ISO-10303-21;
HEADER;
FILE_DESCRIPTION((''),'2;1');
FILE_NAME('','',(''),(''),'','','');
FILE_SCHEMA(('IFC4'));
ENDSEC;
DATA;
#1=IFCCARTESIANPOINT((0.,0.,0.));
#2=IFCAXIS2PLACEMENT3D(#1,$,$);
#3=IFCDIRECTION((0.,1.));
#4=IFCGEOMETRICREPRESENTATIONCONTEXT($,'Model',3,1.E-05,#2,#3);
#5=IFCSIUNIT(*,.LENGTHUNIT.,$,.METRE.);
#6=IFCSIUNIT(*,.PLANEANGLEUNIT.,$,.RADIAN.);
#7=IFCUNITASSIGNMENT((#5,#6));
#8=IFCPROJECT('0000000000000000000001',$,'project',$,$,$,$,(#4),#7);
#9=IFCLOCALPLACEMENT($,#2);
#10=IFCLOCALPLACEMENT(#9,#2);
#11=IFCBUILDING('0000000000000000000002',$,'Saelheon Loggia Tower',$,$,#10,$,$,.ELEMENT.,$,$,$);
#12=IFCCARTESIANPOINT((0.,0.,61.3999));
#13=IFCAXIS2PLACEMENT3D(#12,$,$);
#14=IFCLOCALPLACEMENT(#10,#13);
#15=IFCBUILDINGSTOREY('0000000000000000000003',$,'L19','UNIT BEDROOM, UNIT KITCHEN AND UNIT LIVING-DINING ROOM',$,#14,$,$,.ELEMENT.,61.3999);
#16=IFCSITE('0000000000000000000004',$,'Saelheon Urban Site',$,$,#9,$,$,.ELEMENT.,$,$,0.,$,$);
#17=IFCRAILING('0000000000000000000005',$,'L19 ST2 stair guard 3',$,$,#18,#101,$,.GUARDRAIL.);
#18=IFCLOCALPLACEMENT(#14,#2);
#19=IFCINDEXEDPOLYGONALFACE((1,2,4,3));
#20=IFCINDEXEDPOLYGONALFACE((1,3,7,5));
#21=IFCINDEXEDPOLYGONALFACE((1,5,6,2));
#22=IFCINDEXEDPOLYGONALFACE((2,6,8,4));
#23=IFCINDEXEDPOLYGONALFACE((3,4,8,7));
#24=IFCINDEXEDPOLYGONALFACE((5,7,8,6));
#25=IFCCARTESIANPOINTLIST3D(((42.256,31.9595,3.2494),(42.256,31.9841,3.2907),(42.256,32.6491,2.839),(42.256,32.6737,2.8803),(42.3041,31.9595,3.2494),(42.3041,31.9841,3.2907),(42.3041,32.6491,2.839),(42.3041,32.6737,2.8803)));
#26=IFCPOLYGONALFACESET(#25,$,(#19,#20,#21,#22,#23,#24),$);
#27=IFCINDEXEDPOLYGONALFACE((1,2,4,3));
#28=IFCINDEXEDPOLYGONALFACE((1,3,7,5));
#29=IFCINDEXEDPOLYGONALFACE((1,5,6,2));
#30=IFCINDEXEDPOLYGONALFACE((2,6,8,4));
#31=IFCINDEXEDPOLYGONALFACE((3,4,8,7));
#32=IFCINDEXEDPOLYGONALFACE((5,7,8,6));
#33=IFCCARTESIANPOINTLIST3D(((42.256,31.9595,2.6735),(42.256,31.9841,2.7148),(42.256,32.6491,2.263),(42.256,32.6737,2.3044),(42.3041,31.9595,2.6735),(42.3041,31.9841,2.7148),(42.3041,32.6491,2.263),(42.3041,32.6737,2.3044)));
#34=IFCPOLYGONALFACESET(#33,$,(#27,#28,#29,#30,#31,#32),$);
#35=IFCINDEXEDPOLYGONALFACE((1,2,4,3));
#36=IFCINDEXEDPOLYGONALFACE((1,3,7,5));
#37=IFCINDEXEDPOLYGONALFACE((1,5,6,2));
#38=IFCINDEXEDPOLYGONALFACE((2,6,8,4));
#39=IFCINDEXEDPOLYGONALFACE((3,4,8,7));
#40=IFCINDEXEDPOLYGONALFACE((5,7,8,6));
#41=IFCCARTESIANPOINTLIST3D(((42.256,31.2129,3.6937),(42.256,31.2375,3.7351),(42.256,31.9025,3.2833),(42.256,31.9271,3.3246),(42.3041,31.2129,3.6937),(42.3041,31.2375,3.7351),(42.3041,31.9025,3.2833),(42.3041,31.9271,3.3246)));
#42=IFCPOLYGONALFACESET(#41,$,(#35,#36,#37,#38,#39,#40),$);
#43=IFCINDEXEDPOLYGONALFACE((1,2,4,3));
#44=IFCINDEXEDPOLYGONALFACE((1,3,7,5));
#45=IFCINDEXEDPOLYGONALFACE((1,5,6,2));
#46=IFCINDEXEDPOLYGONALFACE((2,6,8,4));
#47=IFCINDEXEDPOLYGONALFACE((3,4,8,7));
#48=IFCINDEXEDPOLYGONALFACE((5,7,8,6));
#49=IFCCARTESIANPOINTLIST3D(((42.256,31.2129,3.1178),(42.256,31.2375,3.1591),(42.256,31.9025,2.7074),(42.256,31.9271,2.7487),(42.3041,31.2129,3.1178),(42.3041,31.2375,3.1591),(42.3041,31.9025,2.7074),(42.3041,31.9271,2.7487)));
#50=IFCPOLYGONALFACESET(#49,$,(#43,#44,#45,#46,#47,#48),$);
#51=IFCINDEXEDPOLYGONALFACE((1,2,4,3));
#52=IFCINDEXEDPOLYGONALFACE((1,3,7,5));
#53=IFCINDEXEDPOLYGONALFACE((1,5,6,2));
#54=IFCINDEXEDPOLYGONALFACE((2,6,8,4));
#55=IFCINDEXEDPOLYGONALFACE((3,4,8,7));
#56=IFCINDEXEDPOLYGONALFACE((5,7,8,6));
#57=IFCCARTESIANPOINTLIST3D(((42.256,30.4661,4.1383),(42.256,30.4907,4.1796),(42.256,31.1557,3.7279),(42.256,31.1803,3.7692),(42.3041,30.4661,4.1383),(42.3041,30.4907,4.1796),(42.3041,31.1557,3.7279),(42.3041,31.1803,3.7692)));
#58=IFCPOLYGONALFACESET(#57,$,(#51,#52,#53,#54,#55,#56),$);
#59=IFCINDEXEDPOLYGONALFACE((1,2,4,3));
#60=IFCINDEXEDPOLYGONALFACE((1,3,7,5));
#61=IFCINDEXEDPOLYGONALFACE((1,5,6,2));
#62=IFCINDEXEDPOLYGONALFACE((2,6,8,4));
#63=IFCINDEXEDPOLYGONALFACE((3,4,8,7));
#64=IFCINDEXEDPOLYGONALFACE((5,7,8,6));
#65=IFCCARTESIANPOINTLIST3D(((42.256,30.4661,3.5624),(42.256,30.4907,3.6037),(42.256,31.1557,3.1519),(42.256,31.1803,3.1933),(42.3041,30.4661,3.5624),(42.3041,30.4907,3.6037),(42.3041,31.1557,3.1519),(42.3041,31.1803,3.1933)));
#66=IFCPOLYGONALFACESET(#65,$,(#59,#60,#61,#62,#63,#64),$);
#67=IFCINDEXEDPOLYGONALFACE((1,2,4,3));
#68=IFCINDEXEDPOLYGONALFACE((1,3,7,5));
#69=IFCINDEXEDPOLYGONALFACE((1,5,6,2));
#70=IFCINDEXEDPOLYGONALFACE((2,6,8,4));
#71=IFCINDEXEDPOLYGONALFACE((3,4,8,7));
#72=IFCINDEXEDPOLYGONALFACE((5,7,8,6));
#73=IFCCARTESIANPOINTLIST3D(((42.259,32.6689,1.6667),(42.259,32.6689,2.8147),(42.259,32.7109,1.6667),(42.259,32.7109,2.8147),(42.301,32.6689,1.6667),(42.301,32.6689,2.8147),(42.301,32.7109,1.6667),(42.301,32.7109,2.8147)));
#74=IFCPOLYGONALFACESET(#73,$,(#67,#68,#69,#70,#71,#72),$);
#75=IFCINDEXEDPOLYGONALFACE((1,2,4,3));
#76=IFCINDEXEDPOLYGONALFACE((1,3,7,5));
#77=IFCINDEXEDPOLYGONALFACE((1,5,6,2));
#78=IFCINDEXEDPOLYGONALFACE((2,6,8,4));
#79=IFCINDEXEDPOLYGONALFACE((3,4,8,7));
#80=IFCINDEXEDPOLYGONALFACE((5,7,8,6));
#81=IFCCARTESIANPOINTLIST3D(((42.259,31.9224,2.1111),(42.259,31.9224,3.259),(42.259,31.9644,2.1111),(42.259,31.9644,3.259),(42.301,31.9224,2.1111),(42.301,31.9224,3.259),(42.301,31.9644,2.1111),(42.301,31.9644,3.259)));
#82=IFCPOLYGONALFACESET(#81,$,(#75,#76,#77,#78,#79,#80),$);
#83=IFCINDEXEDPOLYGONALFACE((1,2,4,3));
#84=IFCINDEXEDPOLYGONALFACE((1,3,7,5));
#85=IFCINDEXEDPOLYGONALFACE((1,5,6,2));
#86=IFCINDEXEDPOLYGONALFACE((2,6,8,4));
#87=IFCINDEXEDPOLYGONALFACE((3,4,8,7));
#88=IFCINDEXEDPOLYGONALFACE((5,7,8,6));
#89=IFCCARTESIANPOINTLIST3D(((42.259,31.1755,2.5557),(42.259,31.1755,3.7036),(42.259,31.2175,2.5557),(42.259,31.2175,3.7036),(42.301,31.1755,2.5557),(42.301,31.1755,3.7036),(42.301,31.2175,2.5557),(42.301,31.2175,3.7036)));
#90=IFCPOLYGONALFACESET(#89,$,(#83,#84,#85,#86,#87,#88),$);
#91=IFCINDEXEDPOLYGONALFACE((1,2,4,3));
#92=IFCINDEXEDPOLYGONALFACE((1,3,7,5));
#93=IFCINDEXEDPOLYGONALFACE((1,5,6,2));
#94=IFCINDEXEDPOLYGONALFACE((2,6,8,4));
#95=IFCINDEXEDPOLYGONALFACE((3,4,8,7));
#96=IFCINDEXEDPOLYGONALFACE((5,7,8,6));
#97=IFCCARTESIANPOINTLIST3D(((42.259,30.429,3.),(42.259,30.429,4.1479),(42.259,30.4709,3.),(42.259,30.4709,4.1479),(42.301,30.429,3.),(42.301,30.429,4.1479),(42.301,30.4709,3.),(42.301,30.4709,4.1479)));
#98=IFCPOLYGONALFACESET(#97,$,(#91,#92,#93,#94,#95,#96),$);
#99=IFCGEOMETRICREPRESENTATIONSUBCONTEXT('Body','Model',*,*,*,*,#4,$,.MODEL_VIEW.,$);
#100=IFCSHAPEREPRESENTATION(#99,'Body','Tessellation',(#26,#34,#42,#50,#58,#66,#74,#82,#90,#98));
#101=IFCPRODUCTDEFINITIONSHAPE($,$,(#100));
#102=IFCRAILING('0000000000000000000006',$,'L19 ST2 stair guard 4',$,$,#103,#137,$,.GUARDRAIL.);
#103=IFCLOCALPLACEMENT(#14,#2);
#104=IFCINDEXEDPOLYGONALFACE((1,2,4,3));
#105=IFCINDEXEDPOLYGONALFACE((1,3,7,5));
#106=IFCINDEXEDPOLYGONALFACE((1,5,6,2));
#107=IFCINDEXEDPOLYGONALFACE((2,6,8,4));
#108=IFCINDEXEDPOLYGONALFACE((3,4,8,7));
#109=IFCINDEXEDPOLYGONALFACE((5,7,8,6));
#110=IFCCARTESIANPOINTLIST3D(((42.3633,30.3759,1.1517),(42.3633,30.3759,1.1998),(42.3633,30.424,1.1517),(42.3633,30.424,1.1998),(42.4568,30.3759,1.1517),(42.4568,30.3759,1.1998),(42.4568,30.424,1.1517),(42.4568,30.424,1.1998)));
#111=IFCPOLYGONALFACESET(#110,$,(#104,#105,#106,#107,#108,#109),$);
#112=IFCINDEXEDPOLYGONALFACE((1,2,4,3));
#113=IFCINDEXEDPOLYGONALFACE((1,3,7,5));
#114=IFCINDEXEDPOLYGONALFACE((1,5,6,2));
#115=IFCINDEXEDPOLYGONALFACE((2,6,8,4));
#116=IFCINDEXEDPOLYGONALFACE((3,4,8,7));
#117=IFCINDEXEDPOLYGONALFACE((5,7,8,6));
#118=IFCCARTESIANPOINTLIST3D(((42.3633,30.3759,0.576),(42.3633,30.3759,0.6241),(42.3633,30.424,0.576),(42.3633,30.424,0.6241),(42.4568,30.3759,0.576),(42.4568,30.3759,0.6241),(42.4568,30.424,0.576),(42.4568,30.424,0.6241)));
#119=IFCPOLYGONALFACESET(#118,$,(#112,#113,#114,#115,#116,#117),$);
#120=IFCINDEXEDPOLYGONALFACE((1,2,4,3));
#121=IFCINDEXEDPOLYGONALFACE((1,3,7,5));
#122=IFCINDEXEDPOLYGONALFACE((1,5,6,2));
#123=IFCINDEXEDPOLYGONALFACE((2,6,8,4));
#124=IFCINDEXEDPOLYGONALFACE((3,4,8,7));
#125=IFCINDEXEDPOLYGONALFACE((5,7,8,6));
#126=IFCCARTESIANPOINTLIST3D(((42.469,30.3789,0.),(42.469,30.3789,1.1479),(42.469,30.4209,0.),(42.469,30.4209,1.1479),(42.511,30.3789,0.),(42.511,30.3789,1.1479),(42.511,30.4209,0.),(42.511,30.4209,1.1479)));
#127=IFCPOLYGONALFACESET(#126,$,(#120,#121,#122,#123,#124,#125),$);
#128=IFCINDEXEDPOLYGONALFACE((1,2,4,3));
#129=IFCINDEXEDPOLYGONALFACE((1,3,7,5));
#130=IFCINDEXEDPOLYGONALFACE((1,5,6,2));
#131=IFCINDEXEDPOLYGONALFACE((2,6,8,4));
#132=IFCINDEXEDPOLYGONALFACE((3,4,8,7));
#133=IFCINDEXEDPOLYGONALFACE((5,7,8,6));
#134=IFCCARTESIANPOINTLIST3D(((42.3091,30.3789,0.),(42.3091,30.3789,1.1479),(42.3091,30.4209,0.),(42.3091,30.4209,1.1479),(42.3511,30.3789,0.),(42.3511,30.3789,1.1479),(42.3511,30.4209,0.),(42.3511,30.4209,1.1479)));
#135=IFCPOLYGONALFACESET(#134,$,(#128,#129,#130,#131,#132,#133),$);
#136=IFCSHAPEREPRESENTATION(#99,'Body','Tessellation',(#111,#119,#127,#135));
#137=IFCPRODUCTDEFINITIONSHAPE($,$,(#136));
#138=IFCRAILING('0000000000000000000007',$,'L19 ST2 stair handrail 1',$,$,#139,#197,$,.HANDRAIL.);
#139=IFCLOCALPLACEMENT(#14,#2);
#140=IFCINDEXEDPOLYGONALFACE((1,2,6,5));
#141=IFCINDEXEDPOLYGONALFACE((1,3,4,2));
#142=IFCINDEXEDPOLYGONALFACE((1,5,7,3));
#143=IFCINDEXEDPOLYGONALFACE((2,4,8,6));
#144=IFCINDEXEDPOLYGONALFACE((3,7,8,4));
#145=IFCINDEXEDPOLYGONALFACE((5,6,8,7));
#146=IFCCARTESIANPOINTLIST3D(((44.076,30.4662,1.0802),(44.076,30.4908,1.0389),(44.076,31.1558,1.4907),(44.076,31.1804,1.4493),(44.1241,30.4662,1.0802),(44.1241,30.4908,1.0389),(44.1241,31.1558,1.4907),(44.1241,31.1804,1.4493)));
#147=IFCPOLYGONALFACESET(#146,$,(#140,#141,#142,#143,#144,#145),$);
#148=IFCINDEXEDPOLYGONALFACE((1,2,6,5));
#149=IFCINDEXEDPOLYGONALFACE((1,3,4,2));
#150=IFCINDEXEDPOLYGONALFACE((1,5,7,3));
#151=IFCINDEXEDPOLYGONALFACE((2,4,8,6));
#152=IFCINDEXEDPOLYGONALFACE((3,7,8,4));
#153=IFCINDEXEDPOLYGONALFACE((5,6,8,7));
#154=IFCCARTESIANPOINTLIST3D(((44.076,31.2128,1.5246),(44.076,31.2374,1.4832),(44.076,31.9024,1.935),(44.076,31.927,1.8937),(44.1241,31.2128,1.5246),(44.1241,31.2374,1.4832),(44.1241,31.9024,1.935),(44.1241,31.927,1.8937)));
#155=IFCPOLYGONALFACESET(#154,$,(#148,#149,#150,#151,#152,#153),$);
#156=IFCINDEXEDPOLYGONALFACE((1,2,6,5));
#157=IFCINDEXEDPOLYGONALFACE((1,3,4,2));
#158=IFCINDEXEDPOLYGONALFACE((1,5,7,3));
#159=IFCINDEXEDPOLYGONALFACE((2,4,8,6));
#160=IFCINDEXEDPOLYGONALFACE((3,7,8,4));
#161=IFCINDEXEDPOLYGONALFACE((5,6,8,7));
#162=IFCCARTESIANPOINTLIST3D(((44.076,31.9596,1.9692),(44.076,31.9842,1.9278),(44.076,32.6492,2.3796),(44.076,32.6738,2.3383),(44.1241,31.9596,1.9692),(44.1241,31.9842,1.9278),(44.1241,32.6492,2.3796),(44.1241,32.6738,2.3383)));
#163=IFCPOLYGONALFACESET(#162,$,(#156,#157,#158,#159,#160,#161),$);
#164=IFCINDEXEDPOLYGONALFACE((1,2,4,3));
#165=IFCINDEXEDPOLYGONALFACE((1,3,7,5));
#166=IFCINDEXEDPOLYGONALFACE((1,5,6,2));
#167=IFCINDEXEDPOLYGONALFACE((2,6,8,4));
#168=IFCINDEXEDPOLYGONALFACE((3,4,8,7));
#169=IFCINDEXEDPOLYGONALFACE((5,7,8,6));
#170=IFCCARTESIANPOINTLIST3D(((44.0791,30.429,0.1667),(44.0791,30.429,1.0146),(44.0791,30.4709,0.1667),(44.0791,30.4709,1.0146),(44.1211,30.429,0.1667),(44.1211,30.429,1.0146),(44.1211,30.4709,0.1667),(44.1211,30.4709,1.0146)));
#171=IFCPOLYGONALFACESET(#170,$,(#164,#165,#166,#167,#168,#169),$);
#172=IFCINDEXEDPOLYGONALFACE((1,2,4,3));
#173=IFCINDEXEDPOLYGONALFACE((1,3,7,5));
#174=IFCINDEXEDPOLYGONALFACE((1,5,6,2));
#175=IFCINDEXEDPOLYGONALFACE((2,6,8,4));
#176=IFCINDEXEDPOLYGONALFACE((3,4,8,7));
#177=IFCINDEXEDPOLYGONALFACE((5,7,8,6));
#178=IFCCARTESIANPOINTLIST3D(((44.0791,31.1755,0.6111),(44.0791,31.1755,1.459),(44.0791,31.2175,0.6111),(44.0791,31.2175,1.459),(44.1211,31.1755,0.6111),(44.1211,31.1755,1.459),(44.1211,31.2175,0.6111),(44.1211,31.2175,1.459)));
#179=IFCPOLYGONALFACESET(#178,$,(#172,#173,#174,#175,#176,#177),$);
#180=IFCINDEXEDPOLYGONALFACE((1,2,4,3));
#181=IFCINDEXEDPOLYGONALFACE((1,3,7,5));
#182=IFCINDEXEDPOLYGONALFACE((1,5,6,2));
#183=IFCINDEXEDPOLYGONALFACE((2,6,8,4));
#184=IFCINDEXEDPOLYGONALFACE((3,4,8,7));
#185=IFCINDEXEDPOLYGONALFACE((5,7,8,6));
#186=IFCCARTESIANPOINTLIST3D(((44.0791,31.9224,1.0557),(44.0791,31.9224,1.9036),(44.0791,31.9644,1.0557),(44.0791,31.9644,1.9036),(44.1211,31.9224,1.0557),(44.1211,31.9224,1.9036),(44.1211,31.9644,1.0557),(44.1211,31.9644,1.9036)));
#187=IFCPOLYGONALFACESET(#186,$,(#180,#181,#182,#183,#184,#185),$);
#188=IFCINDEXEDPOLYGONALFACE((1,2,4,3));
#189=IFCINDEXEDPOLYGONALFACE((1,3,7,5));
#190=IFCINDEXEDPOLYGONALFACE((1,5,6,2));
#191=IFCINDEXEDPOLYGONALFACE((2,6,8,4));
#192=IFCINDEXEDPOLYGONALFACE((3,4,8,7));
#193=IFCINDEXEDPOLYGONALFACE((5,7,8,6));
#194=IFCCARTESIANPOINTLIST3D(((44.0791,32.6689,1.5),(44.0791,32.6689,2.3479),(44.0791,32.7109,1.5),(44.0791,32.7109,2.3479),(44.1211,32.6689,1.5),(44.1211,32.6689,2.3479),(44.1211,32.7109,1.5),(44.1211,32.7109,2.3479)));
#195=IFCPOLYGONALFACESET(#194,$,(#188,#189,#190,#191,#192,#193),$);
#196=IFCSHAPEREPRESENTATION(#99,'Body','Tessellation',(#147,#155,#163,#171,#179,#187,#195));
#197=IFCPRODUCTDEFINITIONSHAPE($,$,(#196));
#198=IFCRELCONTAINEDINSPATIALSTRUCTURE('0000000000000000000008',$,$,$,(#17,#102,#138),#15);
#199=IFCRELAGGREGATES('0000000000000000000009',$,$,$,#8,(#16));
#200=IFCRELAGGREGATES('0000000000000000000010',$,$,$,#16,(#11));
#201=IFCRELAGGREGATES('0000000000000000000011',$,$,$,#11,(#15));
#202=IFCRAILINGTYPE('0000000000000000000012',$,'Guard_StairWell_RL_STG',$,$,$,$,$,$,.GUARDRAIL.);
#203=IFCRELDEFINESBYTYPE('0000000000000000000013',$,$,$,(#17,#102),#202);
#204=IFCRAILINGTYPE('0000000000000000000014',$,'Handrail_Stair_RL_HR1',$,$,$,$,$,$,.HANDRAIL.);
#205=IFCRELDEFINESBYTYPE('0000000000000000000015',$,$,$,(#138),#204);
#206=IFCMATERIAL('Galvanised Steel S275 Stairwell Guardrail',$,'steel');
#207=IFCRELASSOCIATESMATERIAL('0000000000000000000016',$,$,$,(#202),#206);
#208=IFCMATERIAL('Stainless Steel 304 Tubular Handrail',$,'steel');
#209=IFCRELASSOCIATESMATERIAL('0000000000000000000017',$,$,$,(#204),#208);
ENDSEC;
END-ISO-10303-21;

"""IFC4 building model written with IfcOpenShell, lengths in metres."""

from ifc_helpers import new_model, si_unit, direction, frame, origin, origin_2d, place, context, subcontext, project, spatial, rectangle, extrude, material, type_object, element, save


model = new_model("IFC4")

# Units and contexts
model_context = context("Model", 3, precision=1e-05, world=origin(), true_north=direction((0.0, 1.0)))
body_context = subcontext(model_context, "Body", "Model", "MODEL_VIEW")
ifc_project = project(units=[si_unit("LENGTHUNIT", "METRE"), si_unit("PLANEANGLEUNIT", "RADIAN")], contexts=[model_context])

# Site, building, storey
site_placement = place(None, origin())
site = spatial("IfcSite", under=ifc_project, at=site_placement, Name="Saelheon Urban Site", CompositionType="ELEMENT", RefElevation=0.0)
building_placement = place(site_placement, origin())
building = spatial("IfcBuilding", under=site, at=building_placement, Name="Saelheon Loggia Tower", CompositionType="ELEMENT")
storey_placement = place(building_placement, frame((0.0, 0.0, 61.3999)))
storey = spatial("IfcBuildingStorey", under=building, at=storey_placement, Name="L19", Description="UNIT BEDROOM, UNIT KITCHEN AND UNIT LIVING-DINING ROOM", CompositionType="ELEMENT", Elevation=61.3999)

# Railings
ifc_material_1 = material(Name="Galvanised Steel S275 Stairwell Guardrail", Category="steel")
railing_type_1 = type_object("IfcRailingType", Name="Guard_StairWell_RL_STG", PredefinedType="GUARDRAIL", material=ifc_material_1)
railing_1_placement = place(storey_placement, frame((42.28, 32.6899, 1.6667)))
element("IfcRailing", 1, at=railing_1_placement, inside=storey, type_object=railing_type_1, Name="L19 ST2 stair guard 3", PredefinedType="GUARDRAIL", context=body_context, shape_type="SweptSolid", body=[
    extrude(rectangle(XDim=0.0481, YDim=0.0481, at=origin_2d()), frame((0.0, -0.0286, 1.1929), z_axis=(0.0, -0.859306, 0.511462), x_axis=(1.0, 0.0, 0.0)), (0.0, 0.0, 1.0), 0.8025),
    extrude(rectangle(XDim=0.0481, YDim=0.0481, at=origin_2d()), frame((0.0, -0.0286, 0.6169), z_axis=(0.0, -0.859306, 0.511462), x_axis=(1.0, 0.0, 0.0)), (0.0, 0.0, 1.0), 0.8025),
    extrude(rectangle(XDim=0.0481, YDim=0.0481, at=origin_2d()), frame((0.0, -0.7751, 1.6372), z_axis=(0.0, -0.859306, 0.511462), x_axis=(1.0, 0.0, 0.0)), (0.0, 0.0, 1.0), 0.8025),
    extrude(rectangle(XDim=0.0481, YDim=0.0481, at=origin_2d()), frame((0.0, -0.7751, 1.0613), z_axis=(0.0, -0.859306, 0.511462), x_axis=(1.0, 0.0, 0.0)), (0.0, 0.0, 1.0), 0.8025),
    extrude(rectangle(XDim=0.0481, YDim=0.0481, at=origin_2d()), frame((0.0, -1.522, 2.0818), z_axis=(0.0, -0.859306, 0.511462), x_axis=(1.0, 0.0, 0.0)), (0.0, 0.0, 1.0), 0.8025),
    extrude(rectangle(XDim=0.0481, YDim=0.0481, at=origin_2d()), frame((0.0, -1.522, 1.5059), z_axis=(0.0, -0.859306, 0.511462), x_axis=(1.0, 0.0, 0.0)), (0.0, 0.0, 1.0), 0.8025),
    extrude(rectangle(XDim=0.042, YDim=0.042, at=origin_2d()), origin(), (0.0, 0.0, 1.0), 1.1479),
    extrude(rectangle(XDim=0.042, YDim=0.042, at=origin_2d()), frame((0.0, -0.7466, 0.4443)), (0.0, 0.0, 1.0), 1.1479),
    extrude(rectangle(XDim=0.042, YDim=0.042, at=origin_2d()), frame((0.0, -1.4934, 0.8889)), (0.0, 0.0, 1.0), 1.1479),
    extrude(rectangle(XDim=0.042, YDim=0.042, at=origin_2d()), frame((0.0, -2.24, 1.3333)), (0.0, 0.0, 1.0), 1.1479),
])
railing_2_placement = place(storey_placement, frame((42.49, 30.3999, 0.0)))
element("IfcRailing", 2, at=railing_2_placement, inside=storey, type_object=railing_type_1, Name="L19 ST2 stair guard 4", PredefinedType="GUARDRAIL", context=body_context, shape_type="SweptSolid", body=[
    extrude(rectangle(XDim=0.0481, YDim=0.0481, at=origin_2d()), frame((-0.0332, 0.0, 1.1758), z_axis=(-1.0, 0.0, 0.0), x_axis=(0.0, -1.0, 0.0)), (0.0, 0.0, 1.0), 0.0935),
    extrude(rectangle(XDim=0.0481, YDim=0.0481, at=origin_2d()), frame((-0.0332, 0.0, 0.6001), z_axis=(-1.0, 0.0, 0.0), x_axis=(0.0, -1.0, 0.0)), (0.0, 0.0, 1.0), 0.0935),
    extrude(rectangle(XDim=0.042, YDim=0.042, at=origin_2d()), origin(), (0.0, 0.0, 1.0), 1.1479),
    extrude(rectangle(XDim=0.042, YDim=0.042, at=origin_2d()), frame((-0.1599, 0.0, 0.0)), (0.0, 0.0, 1.0), 1.1479),
])
ifc_material_2 = material(Name="Stainless Steel 304 Tubular Handrail", Category="steel")
railing_type_2 = type_object("IfcRailingType", Name="Handrail_Stair_RL_HR1", PredefinedType="HANDRAIL", material=ifc_material_2)
railing_3_placement = place(storey_placement, frame((44.1001, 30.45, 0.1667)))
element("IfcRailing", 3, at=railing_3_placement, inside=storey, type_object=railing_type_2, Name="L19 ST2 stair handrail 1", PredefinedType="HANDRAIL", context=body_context, shape_type="SweptSolid", body=[
    extrude(rectangle(XDim=0.0481, YDim=0.0481, at=origin_2d()), frame((0.0, 0.0286, 0.8928), z_axis=(0.0, 0.859306, 0.511462), x_axis=(-1.0, 0.0, 0.0)), (0.0, 0.0, 1.0), 0.8025),
    extrude(rectangle(XDim=0.0481, YDim=0.0481, at=origin_2d()), frame((0.0, 0.7751, 1.3372), z_axis=(0.0, 0.859306, 0.511462), x_axis=(-1.0, 0.0, 0.0)), (0.0, 0.0, 1.0), 0.8025),
    extrude(rectangle(XDim=0.0481, YDim=0.0481, at=origin_2d()), frame((0.0, 1.522, 1.7817), z_axis=(0.0, 0.859306, 0.511462), x_axis=(-1.0, 0.0, 0.0)), (0.0, 0.0, 1.0), 0.8025),
    extrude(rectangle(XDim=0.042, YDim=0.042, at=origin_2d()), origin(), (0.0, 0.0, 1.0), 0.8479),
    extrude(rectangle(XDim=0.042, YDim=0.042, at=origin_2d()), frame((0.0, 0.7466, 0.4443)), (0.0, 0.0, 1.0), 0.8479),
    extrude(rectangle(XDim=0.042, YDim=0.042, at=origin_2d()), frame((0.0, 1.4934, 0.8889)), (0.0, 0.0, 1.0), 0.8479),
    extrude(rectangle(XDim=0.042, YDim=0.042, at=origin_2d()), frame((0.0, 2.24, 1.3333)), (0.0, 0.0, 1.0), 0.8479),
])

save(model, "model.ifc")
